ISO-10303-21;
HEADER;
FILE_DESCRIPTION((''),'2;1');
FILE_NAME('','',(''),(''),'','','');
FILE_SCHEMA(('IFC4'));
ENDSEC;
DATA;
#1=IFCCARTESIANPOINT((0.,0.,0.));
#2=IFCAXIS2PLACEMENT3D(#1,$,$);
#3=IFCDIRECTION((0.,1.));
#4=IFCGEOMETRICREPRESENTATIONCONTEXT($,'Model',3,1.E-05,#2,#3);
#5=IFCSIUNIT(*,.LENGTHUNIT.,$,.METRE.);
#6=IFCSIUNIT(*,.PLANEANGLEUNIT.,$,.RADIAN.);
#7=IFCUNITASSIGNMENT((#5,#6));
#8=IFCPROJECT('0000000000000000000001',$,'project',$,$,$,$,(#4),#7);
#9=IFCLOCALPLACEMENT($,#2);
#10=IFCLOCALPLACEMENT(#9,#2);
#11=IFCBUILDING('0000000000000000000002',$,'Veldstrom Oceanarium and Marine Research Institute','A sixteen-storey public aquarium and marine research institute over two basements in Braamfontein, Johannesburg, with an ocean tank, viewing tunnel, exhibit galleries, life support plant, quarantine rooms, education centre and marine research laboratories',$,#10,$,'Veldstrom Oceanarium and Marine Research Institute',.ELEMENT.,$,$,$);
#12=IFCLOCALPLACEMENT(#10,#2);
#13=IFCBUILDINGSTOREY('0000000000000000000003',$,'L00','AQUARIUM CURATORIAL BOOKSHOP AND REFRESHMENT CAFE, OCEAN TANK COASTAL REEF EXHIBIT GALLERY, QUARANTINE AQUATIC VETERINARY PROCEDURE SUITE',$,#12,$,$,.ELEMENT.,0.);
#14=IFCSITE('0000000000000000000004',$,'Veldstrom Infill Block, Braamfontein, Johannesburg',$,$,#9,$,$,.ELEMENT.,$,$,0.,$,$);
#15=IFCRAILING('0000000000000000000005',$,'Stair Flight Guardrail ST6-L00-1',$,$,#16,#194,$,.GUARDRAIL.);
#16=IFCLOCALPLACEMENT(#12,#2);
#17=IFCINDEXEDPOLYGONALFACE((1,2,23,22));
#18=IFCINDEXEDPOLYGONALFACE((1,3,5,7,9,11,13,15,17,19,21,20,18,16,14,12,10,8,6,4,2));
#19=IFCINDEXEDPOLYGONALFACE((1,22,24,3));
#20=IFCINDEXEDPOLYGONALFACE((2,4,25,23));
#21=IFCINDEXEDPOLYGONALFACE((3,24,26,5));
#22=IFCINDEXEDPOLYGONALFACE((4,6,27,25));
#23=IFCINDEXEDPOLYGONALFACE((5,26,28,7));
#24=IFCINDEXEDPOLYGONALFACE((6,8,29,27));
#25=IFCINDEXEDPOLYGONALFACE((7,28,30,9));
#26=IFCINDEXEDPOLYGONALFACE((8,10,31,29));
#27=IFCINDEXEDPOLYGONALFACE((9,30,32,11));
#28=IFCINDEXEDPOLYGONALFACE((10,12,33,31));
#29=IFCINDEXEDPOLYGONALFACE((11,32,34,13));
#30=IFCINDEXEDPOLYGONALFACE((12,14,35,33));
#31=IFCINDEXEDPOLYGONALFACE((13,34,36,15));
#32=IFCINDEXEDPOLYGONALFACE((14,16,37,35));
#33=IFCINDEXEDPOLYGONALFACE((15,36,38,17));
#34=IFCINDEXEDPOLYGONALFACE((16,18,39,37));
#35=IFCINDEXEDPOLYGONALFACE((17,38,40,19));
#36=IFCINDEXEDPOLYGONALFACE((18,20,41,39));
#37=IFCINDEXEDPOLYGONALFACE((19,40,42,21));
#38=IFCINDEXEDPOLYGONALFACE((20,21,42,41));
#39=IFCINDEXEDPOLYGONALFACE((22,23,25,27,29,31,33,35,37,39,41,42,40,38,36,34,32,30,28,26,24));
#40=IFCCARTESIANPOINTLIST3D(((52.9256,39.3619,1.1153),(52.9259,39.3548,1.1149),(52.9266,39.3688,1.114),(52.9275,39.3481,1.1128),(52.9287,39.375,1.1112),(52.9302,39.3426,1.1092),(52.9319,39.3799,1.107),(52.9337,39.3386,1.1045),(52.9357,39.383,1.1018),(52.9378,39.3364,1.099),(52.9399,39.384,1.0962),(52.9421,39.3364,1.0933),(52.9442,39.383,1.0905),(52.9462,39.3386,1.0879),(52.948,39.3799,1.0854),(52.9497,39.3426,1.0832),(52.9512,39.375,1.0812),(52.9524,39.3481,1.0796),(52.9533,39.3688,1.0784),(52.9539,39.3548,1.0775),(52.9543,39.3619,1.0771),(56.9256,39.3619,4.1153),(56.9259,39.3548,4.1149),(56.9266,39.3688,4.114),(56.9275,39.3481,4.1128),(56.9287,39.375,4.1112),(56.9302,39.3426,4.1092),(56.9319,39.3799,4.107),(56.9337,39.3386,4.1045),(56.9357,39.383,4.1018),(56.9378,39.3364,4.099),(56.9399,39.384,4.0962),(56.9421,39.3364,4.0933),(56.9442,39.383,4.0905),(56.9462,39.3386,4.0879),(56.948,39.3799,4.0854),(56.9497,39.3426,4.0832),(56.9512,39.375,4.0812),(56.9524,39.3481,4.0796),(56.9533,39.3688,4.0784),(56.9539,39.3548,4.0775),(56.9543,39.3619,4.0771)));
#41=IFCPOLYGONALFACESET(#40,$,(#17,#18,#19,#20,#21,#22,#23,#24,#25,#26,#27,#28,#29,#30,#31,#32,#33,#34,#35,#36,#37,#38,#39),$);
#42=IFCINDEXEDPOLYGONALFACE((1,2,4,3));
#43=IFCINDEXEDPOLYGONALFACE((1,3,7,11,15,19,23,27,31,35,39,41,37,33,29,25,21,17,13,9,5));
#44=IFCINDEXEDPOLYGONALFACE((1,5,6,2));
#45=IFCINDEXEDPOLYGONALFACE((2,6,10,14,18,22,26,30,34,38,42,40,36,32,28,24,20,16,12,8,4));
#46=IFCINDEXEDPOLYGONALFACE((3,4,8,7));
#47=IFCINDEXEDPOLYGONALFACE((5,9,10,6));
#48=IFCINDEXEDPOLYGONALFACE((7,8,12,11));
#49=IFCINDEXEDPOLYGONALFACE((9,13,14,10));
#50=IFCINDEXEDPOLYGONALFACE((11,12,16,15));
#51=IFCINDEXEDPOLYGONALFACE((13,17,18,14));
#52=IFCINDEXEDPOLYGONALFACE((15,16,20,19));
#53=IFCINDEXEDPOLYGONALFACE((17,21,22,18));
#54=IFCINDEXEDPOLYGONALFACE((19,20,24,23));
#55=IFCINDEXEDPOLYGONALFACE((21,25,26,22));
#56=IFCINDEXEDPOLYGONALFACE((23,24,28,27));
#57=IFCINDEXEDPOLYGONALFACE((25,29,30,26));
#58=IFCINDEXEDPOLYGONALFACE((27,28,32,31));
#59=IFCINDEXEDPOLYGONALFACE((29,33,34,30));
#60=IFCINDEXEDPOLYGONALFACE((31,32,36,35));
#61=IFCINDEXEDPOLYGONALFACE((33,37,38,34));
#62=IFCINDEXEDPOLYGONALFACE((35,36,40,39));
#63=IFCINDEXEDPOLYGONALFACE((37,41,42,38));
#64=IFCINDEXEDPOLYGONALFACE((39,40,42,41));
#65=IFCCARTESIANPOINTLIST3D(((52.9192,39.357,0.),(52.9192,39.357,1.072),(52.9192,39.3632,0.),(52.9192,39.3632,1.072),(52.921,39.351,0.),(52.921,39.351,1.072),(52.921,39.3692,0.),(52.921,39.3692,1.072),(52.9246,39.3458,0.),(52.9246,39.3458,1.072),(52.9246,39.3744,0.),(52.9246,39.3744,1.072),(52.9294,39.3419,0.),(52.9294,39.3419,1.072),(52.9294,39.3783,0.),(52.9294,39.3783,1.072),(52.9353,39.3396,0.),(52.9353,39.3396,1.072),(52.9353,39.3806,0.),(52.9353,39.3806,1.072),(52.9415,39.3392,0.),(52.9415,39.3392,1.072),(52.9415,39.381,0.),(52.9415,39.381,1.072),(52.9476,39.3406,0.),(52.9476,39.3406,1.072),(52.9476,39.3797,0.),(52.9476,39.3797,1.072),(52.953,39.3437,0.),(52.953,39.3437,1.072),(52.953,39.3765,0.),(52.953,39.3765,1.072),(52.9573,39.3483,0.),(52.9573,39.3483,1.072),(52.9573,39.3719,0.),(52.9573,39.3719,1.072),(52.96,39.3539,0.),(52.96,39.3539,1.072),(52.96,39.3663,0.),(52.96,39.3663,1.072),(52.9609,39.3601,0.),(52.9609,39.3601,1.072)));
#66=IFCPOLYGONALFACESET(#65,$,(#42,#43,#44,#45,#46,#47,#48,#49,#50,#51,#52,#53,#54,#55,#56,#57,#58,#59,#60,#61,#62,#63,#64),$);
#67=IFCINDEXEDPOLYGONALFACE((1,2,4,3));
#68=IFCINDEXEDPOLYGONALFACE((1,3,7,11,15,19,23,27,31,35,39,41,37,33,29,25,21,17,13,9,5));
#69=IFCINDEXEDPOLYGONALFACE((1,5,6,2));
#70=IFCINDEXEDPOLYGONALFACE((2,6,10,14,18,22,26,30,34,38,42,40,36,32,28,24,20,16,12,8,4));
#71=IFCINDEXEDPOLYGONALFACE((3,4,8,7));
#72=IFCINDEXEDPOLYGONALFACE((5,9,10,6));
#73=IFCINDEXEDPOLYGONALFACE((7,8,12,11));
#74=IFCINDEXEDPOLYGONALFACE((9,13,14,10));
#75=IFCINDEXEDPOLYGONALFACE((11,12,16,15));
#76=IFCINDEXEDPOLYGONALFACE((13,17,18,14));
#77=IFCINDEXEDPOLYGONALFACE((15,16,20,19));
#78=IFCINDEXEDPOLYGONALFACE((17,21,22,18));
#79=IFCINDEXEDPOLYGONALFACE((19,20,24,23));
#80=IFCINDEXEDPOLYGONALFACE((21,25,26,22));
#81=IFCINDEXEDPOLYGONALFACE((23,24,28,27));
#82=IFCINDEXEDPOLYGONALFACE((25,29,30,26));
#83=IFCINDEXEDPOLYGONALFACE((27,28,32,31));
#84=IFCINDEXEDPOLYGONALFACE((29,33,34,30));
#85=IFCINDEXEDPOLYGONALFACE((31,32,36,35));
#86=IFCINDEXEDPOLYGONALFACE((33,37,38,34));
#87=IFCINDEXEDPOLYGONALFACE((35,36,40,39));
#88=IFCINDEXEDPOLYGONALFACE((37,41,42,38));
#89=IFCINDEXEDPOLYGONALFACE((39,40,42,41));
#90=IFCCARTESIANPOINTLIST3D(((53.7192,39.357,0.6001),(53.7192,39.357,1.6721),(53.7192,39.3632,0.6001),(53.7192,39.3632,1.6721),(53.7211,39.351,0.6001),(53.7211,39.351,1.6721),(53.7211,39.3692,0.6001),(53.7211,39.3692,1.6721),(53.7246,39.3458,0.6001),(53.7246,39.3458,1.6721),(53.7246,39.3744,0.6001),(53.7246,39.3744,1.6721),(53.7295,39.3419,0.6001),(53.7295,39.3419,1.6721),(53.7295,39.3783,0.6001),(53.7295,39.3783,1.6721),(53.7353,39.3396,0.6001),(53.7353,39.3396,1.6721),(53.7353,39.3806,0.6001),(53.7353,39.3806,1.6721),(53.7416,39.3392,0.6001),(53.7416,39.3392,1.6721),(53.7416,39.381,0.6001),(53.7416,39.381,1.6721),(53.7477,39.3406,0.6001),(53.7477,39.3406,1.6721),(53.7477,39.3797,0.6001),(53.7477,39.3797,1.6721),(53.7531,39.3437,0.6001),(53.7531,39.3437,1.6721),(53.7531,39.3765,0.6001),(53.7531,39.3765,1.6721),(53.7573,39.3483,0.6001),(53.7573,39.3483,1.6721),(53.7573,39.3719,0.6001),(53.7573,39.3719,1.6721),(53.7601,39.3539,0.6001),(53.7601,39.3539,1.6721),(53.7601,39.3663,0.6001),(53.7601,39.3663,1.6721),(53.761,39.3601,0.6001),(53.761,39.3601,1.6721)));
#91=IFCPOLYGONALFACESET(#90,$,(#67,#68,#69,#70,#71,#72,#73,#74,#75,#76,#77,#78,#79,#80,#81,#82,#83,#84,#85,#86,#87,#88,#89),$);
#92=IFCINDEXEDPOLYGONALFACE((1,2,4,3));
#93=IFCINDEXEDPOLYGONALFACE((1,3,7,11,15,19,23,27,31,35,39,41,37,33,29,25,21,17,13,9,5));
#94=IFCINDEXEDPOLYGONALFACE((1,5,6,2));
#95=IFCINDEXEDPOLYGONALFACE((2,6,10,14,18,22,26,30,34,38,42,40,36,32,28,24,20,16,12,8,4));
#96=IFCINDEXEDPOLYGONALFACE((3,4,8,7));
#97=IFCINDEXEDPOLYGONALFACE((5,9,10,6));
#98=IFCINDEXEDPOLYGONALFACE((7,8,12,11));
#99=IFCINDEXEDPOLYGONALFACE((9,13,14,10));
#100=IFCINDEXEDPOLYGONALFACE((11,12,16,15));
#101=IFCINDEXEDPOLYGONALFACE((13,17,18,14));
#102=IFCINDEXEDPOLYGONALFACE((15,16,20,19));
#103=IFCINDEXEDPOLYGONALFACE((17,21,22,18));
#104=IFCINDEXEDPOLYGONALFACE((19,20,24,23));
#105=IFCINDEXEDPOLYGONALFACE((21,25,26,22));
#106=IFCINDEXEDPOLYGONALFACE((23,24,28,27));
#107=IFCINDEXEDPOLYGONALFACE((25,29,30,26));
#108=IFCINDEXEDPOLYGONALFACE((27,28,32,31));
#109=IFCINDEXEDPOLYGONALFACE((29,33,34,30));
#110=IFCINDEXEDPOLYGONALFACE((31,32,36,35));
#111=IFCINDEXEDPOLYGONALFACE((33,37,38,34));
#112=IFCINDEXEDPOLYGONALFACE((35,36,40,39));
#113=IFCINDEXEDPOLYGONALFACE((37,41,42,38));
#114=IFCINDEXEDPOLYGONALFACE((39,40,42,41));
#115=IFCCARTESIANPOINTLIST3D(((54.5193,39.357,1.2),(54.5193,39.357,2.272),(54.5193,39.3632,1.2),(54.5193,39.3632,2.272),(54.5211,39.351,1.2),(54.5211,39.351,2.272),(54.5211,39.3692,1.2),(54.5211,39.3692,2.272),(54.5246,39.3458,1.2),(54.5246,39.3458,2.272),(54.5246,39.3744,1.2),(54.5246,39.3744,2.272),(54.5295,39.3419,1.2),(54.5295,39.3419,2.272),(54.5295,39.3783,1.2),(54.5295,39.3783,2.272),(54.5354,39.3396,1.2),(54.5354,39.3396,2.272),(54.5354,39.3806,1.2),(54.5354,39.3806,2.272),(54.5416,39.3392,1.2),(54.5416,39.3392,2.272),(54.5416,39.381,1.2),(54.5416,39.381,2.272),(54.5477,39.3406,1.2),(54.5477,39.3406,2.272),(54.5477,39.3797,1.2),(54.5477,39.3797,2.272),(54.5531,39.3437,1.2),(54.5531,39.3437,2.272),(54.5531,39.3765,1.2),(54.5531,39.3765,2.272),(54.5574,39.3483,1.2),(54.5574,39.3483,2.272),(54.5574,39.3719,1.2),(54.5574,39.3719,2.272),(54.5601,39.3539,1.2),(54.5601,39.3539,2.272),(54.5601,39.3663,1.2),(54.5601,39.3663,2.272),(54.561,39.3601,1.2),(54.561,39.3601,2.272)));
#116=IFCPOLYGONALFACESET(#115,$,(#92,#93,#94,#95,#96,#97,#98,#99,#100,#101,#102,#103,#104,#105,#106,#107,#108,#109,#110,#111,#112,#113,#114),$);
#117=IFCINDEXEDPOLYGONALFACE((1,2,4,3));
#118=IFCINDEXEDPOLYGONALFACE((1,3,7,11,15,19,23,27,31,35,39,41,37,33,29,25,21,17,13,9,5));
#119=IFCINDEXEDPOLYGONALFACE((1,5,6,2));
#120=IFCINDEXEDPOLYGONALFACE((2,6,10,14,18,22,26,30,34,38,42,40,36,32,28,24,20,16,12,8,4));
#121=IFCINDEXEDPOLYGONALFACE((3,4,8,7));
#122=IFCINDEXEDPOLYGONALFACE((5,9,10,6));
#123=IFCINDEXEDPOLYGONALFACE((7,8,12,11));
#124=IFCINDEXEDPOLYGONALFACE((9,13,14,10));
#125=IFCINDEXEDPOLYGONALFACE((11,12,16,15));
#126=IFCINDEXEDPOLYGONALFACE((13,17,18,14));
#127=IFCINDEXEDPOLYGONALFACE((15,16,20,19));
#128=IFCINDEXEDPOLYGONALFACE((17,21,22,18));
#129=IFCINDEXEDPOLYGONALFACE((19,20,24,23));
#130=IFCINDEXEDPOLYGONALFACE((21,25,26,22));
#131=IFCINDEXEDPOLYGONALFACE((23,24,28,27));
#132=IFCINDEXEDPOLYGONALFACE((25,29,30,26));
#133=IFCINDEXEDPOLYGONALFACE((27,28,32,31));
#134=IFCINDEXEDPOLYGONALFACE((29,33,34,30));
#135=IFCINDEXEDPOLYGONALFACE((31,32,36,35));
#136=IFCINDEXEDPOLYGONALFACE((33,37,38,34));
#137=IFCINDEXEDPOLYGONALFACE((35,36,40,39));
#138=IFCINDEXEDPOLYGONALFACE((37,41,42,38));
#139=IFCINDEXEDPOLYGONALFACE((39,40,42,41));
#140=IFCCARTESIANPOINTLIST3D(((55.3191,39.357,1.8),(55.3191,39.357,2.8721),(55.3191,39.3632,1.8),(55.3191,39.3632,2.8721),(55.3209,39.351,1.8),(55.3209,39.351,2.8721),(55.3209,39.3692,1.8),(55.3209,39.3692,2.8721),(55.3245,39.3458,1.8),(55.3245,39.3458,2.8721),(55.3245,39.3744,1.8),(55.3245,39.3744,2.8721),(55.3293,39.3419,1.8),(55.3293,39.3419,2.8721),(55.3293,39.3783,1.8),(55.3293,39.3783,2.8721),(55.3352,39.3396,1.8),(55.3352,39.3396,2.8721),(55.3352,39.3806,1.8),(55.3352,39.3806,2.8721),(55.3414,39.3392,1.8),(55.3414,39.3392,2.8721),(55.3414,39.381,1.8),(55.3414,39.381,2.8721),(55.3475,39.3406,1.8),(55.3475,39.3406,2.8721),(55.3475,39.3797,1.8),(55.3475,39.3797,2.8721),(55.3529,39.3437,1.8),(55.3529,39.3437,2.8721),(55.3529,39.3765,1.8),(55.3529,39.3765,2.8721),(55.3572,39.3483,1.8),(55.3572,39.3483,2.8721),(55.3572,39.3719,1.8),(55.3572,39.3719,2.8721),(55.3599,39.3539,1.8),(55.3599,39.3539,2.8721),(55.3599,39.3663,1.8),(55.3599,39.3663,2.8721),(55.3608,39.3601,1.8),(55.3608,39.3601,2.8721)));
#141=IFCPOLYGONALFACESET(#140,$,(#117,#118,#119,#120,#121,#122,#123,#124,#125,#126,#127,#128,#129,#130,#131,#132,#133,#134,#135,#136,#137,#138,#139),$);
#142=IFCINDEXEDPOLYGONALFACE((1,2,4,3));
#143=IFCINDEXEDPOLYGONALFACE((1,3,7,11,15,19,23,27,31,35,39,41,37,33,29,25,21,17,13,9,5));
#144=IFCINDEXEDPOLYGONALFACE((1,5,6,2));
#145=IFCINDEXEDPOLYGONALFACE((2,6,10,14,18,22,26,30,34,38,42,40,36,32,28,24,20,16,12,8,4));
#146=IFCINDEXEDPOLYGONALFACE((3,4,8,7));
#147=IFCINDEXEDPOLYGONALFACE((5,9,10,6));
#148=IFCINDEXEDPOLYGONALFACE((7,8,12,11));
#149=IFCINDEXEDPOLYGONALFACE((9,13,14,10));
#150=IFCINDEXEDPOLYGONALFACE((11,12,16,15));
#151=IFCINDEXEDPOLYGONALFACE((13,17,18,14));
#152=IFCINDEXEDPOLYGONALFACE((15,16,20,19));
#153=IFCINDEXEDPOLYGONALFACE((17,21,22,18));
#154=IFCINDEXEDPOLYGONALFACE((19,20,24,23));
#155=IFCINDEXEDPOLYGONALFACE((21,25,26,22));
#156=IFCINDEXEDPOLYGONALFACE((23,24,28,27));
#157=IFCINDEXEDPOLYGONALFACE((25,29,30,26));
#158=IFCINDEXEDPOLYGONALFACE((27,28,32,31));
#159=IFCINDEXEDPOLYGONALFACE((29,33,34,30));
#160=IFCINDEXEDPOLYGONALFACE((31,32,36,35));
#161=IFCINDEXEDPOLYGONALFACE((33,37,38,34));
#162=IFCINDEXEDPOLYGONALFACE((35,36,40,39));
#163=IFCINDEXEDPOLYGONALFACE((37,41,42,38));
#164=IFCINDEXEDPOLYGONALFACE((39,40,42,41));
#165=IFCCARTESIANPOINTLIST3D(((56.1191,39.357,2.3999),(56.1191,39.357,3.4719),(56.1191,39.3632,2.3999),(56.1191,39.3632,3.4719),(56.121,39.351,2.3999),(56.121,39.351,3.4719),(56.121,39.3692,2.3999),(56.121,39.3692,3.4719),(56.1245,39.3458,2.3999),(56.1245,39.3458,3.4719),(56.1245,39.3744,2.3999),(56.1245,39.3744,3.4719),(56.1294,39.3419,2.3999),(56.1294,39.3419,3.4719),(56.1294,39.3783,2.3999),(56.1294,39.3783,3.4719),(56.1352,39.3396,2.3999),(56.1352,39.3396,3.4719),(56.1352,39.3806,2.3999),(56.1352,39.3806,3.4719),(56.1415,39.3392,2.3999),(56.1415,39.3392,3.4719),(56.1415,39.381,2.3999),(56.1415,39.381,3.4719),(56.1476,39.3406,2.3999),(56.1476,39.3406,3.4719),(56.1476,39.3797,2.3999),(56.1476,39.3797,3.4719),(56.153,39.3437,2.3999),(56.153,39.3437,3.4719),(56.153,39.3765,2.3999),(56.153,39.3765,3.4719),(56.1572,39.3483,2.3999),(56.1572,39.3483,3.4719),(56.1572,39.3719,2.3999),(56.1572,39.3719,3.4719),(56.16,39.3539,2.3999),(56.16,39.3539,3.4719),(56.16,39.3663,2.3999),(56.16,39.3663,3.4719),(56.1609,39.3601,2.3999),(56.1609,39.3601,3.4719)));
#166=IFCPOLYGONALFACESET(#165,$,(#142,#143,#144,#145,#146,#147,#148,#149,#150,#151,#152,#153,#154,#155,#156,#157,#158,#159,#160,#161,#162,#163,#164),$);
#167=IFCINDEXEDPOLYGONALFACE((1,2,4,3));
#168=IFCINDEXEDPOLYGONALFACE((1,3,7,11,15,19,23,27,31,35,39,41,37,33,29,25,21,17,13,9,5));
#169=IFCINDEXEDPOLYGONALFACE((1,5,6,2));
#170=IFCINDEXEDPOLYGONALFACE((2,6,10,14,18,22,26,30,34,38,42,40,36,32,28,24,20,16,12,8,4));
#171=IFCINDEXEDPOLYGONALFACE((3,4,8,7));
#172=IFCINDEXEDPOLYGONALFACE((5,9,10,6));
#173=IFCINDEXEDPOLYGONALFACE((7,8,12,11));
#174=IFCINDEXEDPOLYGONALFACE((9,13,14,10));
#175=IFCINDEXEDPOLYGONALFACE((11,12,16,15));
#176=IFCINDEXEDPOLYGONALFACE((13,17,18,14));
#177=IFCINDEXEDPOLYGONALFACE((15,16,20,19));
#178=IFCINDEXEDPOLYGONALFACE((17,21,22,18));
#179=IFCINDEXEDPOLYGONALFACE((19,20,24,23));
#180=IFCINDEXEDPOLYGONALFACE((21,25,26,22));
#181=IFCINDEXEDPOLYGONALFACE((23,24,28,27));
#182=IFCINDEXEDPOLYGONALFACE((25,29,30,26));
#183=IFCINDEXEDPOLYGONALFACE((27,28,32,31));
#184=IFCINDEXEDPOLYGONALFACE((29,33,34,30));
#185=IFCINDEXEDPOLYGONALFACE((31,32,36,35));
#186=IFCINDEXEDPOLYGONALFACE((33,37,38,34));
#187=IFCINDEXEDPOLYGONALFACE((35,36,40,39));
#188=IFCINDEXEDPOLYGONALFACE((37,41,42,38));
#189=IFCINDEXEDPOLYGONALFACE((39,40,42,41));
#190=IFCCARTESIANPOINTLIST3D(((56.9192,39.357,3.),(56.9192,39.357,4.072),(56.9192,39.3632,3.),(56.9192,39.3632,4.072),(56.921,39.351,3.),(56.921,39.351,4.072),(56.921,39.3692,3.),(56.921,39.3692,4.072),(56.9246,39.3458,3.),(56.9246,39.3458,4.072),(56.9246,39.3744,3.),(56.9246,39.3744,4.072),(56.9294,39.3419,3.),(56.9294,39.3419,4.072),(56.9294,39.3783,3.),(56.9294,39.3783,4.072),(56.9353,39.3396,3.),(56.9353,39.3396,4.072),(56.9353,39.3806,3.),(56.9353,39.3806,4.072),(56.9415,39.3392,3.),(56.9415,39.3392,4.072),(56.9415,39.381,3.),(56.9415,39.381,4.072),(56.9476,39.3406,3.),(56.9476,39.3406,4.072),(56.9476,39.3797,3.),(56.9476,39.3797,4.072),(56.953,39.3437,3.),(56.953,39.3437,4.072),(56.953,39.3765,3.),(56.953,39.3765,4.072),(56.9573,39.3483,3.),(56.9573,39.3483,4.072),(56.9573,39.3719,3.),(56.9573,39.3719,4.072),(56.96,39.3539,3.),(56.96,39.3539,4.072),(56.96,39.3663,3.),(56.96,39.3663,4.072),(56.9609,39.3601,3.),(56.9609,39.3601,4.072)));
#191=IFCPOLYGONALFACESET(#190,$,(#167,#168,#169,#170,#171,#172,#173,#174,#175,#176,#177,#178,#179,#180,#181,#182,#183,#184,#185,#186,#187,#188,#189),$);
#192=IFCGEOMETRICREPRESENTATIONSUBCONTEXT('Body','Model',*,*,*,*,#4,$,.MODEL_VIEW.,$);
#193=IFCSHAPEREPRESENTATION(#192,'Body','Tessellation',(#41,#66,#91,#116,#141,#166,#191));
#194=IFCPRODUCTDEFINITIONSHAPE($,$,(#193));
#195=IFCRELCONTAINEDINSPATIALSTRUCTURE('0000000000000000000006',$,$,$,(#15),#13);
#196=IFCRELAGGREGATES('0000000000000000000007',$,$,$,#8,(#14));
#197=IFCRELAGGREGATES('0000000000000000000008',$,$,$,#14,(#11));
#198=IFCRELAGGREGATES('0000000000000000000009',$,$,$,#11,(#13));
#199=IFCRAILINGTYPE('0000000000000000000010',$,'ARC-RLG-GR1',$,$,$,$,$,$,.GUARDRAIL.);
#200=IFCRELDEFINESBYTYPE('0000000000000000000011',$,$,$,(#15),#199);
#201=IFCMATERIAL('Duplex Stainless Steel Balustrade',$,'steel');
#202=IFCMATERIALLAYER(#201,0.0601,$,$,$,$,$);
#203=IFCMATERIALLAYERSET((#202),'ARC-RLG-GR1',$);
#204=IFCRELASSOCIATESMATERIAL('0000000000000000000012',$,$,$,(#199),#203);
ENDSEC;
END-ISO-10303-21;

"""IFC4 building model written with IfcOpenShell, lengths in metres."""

from ifc_helpers import new_model, si_unit, direction, frame, origin, origin_2d, place, context, subcontext, project, spatial, circle, extrude, material, layer, layer_set, type_object, element, save


model = new_model("IFC4")

# Units and contexts
model_context = context("Model", 3, precision=1e-05, world=origin(), true_north=direction((0.0, 1.0)))
body_context = subcontext(model_context, "Body", "Model", "MODEL_VIEW")
ifc_project = project(units=[si_unit("LENGTHUNIT", "METRE"), si_unit("PLANEANGLEUNIT", "RADIAN")], contexts=[model_context])

# Site, building, storey
site_placement = place(None, origin())
site = spatial("IfcSite", under=ifc_project, at=site_placement, Name="Veldstrom Infill Block, Braamfontein, Johannesburg", CompositionType="ELEMENT", RefElevation=0.0)
building_placement = place(site_placement, origin())
building = spatial("IfcBuilding", under=site, at=building_placement, Name="Veldstrom Oceanarium and Marine Research Institute", Description="A sixteen-storey public aquarium and marine research institute over two basements in Braamfontein, Johannesburg, with an ocean tank, viewing tunnel, exhibit galleries, life support plant, quarantine rooms, education centre and marine research laboratories", LongName="Veldstrom Oceanarium and Marine Research Institute", CompositionType="ELEMENT")
storey_placement = place(building_placement, origin())
storey = spatial("IfcBuildingStorey", under=building, at=storey_placement, Name="L00", Description="AQUARIUM CURATORIAL BOOKSHOP AND REFRESHMENT CAFE, OCEAN TANK COASTAL REEF EXHIBIT GALLERY, QUARANTINE AQUATIC VETERINARY PROCEDURE SUITE", CompositionType="ELEMENT", Elevation=0.0)

# Railing
ifc_material_1 = material(Name="Duplex Stainless Steel Balustrade", Category="steel")
ifc_layer_1 = layer(ifc_material_1, 0.0601)
ifc_layer_set_1 = layer_set([ifc_layer_1], Name="ARC-RLG-GR1")
railing_type_1 = type_object("IfcRailingType", Name="ARC-RLG-GR1", PredefinedType="GUARDRAIL", material=ifc_layer_set_1)
railing_1_placement = place(storey_placement, frame((52.9399, 39.3601, 0.0)))
element("IfcRailing", 1, at=railing_1_placement, inside=storey, type_object=railing_type_1, Name="Stair Flight Guardrail ST6-L00-1", PredefinedType="GUARDRAIL", context=body_context, shape_type="SweptSolid", body=[
    extrude(circle(Radius=0.0239, at=origin_2d()), frame((0.0, 0.0, 1.0962), z_axis=(0.8, 0.0, 0.6), x_axis=(0.0, 1.0, 0.0)), (0.0, 0.0, 1.0), 5.0),
    extrude(circle(Radius=0.021, at=origin_2d()), origin(), (0.0, 0.0, 1.0), 1.072),
    extrude(circle(Radius=0.021, at=origin_2d()), frame((0.8, 0.0, 0.6001)), (0.0, 0.0, 1.0), 1.072),
    extrude(circle(Radius=0.021, at=origin_2d()), frame((1.6001, 0.0, 1.2)), (0.0, 0.0, 1.0), 1.072),
    extrude(circle(Radius=0.021, at=origin_2d()), frame((2.3999, 0.0, 1.8)), (0.0, 0.0, 1.0), 1.072),
    extrude(circle(Radius=0.021, at=origin_2d()), frame((3.2, 0.0, 2.3999)), (0.0, 0.0, 1.0), 1.072),
    extrude(circle(Radius=0.021, at=origin_2d()), frame((4.0, 0.0, 3.0)), (0.0, 0.0, 1.0), 1.072),
])

save(model, "model.ifc")
